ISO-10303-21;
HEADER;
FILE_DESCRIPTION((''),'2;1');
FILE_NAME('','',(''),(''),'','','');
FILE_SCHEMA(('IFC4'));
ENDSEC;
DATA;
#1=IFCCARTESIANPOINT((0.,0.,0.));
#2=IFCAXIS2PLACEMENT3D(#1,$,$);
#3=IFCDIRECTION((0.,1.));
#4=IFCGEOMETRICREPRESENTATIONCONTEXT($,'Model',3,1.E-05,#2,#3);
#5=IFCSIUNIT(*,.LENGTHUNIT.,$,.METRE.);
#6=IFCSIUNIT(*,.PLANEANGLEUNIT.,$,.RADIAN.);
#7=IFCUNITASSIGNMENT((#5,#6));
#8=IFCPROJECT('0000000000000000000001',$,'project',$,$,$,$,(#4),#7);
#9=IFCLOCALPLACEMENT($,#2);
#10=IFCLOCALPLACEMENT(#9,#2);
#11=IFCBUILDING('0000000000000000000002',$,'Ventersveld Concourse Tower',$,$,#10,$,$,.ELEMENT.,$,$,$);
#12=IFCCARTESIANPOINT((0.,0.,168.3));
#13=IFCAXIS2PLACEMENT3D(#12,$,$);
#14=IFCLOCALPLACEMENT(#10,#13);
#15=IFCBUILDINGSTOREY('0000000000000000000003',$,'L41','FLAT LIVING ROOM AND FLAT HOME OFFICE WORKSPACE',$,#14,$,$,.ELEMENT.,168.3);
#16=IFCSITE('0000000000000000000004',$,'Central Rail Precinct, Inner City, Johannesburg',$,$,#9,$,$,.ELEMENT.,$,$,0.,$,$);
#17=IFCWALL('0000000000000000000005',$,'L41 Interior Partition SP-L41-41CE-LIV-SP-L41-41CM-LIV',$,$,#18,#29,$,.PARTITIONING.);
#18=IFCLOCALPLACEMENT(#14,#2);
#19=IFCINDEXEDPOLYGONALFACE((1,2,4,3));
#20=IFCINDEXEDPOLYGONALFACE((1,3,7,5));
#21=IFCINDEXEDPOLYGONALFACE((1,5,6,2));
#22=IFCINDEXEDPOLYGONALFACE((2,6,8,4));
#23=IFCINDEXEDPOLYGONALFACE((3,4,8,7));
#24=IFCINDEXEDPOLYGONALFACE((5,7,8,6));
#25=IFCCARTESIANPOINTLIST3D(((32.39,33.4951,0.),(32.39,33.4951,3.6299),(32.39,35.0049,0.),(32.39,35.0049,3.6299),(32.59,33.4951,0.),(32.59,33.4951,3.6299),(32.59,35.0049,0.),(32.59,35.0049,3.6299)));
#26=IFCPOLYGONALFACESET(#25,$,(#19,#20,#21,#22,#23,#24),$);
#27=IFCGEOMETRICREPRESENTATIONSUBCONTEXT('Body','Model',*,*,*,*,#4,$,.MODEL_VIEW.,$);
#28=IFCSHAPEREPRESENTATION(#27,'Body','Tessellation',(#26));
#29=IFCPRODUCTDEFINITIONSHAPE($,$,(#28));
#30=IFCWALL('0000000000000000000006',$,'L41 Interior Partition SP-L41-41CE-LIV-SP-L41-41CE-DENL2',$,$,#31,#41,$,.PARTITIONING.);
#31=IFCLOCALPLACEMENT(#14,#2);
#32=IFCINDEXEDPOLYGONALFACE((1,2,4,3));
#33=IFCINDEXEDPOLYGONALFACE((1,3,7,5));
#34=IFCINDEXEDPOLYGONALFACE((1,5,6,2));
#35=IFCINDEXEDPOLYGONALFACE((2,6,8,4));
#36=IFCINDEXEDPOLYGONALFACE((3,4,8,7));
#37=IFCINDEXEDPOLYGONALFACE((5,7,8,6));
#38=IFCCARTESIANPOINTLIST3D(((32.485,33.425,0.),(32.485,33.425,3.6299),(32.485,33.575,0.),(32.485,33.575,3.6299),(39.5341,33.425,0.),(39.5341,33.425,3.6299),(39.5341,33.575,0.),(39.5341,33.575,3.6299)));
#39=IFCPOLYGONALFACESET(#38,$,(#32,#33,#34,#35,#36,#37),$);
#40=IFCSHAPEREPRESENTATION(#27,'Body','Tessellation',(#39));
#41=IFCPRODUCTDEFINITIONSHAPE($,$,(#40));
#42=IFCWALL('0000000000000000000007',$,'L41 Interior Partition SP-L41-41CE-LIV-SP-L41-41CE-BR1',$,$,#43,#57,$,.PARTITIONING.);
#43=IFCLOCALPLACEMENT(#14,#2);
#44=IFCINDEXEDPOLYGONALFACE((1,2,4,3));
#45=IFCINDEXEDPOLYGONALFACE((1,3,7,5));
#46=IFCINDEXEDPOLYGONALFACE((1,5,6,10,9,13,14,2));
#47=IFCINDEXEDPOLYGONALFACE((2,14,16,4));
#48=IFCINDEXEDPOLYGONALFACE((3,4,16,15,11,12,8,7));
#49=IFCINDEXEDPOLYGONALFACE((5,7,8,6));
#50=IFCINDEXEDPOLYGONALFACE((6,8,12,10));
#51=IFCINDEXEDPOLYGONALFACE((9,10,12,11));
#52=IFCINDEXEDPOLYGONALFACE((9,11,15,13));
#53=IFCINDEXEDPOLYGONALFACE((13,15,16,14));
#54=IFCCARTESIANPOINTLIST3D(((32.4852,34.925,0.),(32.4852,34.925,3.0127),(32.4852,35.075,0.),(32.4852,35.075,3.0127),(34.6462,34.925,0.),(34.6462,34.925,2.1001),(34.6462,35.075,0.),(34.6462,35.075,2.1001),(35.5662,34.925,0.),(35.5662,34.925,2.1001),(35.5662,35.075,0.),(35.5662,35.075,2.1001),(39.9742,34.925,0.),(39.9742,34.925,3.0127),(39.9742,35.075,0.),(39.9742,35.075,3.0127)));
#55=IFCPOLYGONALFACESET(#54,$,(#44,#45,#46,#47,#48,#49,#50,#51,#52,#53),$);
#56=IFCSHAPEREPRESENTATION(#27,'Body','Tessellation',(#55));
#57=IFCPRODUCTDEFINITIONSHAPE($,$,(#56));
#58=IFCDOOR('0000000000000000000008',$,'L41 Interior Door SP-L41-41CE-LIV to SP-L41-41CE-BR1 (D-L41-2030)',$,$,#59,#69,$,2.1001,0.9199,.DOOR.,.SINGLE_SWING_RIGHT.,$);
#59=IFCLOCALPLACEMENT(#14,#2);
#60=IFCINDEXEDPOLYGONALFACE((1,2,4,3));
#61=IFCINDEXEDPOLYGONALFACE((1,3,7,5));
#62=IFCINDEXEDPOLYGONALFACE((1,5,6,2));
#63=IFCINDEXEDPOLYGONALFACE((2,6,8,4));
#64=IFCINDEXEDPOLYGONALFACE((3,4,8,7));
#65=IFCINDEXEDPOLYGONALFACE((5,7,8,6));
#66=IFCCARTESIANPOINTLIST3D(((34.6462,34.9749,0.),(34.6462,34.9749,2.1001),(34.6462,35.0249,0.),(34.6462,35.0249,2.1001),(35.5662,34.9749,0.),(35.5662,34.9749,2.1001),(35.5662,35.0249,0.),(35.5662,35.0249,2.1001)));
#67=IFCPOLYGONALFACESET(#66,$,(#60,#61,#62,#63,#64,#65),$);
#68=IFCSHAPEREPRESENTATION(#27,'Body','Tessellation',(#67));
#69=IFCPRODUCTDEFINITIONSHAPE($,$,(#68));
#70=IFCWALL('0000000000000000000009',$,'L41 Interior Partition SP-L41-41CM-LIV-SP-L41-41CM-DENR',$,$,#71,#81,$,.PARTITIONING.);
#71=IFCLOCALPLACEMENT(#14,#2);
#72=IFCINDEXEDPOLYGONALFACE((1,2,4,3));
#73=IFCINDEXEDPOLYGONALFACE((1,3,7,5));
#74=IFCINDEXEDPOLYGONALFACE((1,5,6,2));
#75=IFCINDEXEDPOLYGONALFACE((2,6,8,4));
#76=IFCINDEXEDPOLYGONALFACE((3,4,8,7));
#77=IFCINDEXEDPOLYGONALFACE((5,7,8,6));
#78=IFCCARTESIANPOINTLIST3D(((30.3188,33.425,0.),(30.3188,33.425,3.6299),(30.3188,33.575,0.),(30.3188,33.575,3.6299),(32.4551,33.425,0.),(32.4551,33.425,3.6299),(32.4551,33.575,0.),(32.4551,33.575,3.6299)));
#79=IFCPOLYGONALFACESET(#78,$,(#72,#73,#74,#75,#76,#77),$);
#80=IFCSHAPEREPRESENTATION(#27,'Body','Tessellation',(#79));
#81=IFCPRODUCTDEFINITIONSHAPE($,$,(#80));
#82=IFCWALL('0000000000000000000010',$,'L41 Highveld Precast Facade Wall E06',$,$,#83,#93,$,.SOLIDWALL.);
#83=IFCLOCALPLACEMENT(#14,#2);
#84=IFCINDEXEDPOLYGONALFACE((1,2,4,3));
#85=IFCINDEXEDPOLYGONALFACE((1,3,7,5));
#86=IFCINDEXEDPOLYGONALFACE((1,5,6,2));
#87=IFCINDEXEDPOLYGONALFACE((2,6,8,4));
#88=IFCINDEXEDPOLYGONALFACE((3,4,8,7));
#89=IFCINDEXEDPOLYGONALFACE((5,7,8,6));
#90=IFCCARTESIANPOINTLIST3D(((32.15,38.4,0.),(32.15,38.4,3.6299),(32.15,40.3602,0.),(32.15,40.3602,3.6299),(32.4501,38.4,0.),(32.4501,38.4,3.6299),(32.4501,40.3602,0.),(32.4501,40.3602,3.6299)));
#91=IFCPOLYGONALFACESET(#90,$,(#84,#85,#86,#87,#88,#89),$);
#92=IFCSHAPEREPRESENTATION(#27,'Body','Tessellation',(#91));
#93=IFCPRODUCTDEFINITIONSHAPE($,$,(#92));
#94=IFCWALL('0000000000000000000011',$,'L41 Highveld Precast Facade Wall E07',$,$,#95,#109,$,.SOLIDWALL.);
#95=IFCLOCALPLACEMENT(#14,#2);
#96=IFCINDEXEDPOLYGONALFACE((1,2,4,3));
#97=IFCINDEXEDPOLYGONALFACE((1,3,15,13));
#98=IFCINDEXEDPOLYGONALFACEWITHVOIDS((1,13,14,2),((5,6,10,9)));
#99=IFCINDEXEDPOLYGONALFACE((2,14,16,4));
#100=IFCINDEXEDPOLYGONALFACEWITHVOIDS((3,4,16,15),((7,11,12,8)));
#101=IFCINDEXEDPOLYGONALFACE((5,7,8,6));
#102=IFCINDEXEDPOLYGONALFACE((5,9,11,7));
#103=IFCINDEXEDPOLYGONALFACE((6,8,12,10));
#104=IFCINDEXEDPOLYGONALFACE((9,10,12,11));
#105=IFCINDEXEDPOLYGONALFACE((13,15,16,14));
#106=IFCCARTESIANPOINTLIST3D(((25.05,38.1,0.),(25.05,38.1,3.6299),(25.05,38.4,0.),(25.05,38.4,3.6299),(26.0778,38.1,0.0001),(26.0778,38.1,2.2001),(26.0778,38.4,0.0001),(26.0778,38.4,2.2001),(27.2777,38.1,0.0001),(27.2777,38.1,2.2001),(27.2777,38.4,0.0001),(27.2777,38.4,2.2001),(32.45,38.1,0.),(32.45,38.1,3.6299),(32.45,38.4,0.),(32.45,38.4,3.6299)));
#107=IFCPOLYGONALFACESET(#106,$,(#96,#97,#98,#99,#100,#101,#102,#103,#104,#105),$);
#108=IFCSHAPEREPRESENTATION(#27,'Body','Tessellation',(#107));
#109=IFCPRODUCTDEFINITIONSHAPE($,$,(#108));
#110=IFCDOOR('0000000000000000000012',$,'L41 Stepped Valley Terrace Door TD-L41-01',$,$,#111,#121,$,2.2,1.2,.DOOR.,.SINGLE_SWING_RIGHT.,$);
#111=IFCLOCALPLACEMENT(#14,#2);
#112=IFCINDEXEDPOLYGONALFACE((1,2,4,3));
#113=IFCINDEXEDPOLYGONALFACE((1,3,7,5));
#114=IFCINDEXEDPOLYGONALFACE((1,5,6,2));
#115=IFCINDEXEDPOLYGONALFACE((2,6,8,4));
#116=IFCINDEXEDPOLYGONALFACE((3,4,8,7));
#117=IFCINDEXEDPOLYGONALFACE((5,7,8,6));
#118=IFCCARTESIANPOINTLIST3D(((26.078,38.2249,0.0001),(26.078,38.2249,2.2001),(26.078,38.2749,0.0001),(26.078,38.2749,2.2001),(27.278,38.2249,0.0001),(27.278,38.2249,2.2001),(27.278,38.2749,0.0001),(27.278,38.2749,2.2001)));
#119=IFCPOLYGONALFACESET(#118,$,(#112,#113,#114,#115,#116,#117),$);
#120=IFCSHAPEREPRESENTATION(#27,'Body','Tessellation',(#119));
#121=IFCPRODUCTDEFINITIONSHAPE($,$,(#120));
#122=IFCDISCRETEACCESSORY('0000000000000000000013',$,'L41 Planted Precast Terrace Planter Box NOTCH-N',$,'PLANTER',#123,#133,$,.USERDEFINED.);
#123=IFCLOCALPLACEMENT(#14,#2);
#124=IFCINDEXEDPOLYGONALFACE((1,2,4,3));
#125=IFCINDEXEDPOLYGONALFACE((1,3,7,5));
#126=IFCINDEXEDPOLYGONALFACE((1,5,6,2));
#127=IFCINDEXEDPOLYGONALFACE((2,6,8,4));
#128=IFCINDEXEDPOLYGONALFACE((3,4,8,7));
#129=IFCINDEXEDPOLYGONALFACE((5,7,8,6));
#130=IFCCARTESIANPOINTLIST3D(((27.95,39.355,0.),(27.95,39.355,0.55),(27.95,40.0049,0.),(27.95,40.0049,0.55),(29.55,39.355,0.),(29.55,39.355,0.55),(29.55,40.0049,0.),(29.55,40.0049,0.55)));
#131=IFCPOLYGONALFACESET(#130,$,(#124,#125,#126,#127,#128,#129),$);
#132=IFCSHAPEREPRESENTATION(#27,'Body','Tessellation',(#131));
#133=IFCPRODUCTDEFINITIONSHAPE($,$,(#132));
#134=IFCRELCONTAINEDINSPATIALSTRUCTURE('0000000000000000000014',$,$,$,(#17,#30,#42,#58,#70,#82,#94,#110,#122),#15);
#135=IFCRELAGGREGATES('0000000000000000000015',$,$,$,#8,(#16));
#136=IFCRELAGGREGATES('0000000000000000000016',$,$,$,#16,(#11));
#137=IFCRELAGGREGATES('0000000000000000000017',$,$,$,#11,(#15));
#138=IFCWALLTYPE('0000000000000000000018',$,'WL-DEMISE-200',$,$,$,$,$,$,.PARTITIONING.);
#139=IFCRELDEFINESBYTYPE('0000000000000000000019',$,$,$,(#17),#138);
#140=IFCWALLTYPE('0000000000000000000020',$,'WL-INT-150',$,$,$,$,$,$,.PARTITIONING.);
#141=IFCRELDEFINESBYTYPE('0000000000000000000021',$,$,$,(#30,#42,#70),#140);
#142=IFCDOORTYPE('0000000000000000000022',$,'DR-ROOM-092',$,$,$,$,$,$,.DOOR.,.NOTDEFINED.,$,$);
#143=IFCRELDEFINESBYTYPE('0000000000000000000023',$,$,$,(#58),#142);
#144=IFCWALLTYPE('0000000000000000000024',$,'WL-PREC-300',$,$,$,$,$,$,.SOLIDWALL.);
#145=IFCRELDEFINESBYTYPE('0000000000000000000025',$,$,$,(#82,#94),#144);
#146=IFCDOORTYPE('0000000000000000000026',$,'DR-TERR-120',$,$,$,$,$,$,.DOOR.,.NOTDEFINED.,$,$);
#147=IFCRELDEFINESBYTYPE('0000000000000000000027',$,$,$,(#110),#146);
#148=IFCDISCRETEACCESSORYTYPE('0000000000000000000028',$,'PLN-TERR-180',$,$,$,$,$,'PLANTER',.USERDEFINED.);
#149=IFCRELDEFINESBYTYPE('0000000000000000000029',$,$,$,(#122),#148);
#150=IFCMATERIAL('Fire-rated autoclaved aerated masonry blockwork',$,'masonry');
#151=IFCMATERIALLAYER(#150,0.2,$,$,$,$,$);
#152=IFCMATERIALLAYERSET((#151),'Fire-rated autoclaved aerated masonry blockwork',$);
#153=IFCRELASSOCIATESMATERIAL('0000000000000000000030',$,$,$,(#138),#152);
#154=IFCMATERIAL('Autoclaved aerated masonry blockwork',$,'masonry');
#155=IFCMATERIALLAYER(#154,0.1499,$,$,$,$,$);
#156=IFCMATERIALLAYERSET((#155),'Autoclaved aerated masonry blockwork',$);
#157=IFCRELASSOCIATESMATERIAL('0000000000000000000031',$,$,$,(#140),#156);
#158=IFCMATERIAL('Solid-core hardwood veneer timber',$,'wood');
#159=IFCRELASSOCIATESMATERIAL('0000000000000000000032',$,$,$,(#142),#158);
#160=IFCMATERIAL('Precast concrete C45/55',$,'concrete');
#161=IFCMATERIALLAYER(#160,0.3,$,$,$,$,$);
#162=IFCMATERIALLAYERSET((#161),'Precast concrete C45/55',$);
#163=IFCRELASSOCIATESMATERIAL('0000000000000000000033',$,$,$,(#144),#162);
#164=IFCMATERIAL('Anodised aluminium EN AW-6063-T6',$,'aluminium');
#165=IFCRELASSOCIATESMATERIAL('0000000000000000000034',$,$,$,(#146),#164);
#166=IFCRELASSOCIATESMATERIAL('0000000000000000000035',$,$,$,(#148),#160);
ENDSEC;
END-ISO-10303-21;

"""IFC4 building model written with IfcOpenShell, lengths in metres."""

from ifc_helpers import new_model, si_unit, direction, frame, frame_2d, origin, origin_2d, place, context, subcontext, project, spatial, rectangle, extrude, material, layer, layer_set, type_object, element, fill, save


model = new_model("IFC4")

# Units and contexts
model_context = context("Model", 3, precision=1e-05, world=origin(), true_north=direction((0.0, 1.0)))
body_context = subcontext(model_context, "Body", "Model", "MODEL_VIEW")
ifc_project = project(units=[si_unit("LENGTHUNIT", "METRE"), si_unit("PLANEANGLEUNIT", "RADIAN")], contexts=[model_context])

# Site, building, storey
site_placement = place(None, origin())
site = spatial("IfcSite", under=ifc_project, at=site_placement, Name="Central Rail Precinct, Inner City, Johannesburg", CompositionType="ELEMENT", RefElevation=0.0)
building_placement = place(site_placement, origin())
building = spatial("IfcBuilding", under=site, at=building_placement, Name="Ventersveld Concourse Tower", CompositionType="ELEMENT")
storey_placement = place(building_placement, frame((0.0, 0.0, 168.3)))
storey = spatial("IfcBuildingStorey", under=building, at=storey_placement, Name="L41", Description="FLAT LIVING ROOM AND FLAT HOME OFFICE WORKSPACE", CompositionType="ELEMENT", Elevation=168.3)

# Walls
ifc_material_1 = material(Name="Fire-rated autoclaved aerated masonry blockwork", Category="masonry")
ifc_layer_1 = layer(ifc_material_1, 0.2)
ifc_layer_set_1 = layer_set([ifc_layer_1], Name="Fire-rated autoclaved aerated masonry blockwork")
wall_type_1 = type_object("IfcWallType", Name="WL-DEMISE-200", PredefinedType="PARTITIONING", material=ifc_layer_set_1)
wall_1_placement = place(storey_placement, frame((32.49, 33.4951, 0.0), z_axis=(0.0, 0.0, 1.0), x_axis=(0.0, 1.0, 0.0)))
element("IfcWall", 1, at=wall_1_placement, inside=storey, type_object=wall_type_1, Name="L41 Interior Partition SP-L41-41CE-LIV-SP-L41-41CM-LIV", PredefinedType="PARTITIONING", context=body_context, shape_type="SweptSolid", body=[
    extrude(rectangle(XDim=1.5098, YDim=0.2, at=frame_2d((0.7549, 0.0))), origin(), (0.0, 0.0, 1.0), 3.6299),
])
ifc_material_2 = material(Name="Autoclaved aerated masonry blockwork", Category="masonry")
ifc_layer_2 = layer(ifc_material_2, 0.1499)
ifc_layer_set_2 = layer_set([ifc_layer_2], Name="Autoclaved aerated masonry blockwork")
wall_type_2 = type_object("IfcWallType", Name="WL-INT-150", PredefinedType="PARTITIONING", material=ifc_layer_set_2)
wall_2_placement = place(storey_placement, frame((32.4851, 33.5, 0.0), z_axis=(0.0, 0.0, 1.0), x_axis=(1.0, 0.0, 0.0)))
element("IfcWall", 2, at=wall_2_placement, inside=storey, type_object=wall_type_2, Name="L41 Interior Partition SP-L41-41CE-LIV-SP-L41-41CE-DENL2", PredefinedType="PARTITIONING", context=body_context, shape_type="SweptSolid", body=[
    extrude(rectangle(XDim=7.0491, YDim=0.1499, at=frame_2d((3.5244, 0.0))), origin(), (0.0, 0.0, 1.0), 3.6299),
])

# Wall, opening, door
wall_3_placement = place(storey_placement, frame((32.4851, 35.0, 0.0), z_axis=(0.0, 0.0, 1.0), x_axis=(1.0, 0.0, 0.0)))
wall_3 = element("IfcWall", 3, at=wall_3_placement, inside=storey, type_object=wall_type_2, Name="L41 Interior Partition SP-L41-41CE-LIV-SP-L41-41CE-BR1", PredefinedType="PARTITIONING", context=body_context, shape_type="SweptSolid", body=[
    extrude(rectangle(XDim=7.489, YDim=0.1499, at=frame_2d((3.7446, 0.0))), origin(), (0.0, 0.0, 1.0), 3.0127),
])
opening_1_placement = place(wall_3_placement, frame((2.1611, 0.0, 0.0)))
opening_1 = element("IfcOpeningElement", 4, at=opening_1_placement, cuts=wall_3, PredefinedType="OPENING", context=body_context, shape_type="SweptSolid", body=[
    extrude(rectangle(XDim=0.9199, YDim=2.1001, at=frame_2d((0.46, 1.05))), frame((0.0, 0.085, 0.0), z_axis=(0.0, -1.0, 0.0), x_axis=(1.0, 0.0, 0.0)), (0.0, 0.0, 1.0), 0.1699),
])
ifc_material_3 = material(Name="Solid-core hardwood veneer timber", Category="wood")
door_type_1 = type_object("IfcDoorType", Name="DR-ROOM-092", OperationType="NOTDEFINED", PredefinedType="DOOR", material=ifc_material_3)
door_1_placement = place(opening_1_placement, origin())
door_1 = element("IfcDoor", 5, at=door_1_placement, inside=storey, type_object=door_type_1, Name="L41 Interior Door SP-L41-41CE-LIV to SP-L41-41CE-BR1 (D-L41-2030)", OperationType="SINGLE_SWING_RIGHT", OverallHeight=2.1001, OverallWidth=0.9199, PredefinedType="DOOR", context=body_context, shape_type="SweptSolid", body=[
    extrude(rectangle(XDim=0.9199, YDim=2.1001, at=frame_2d((0.46, 1.05))), frame((0.0, 0.0249, 0.0), z_axis=(0.0, -1.0, 0.0), x_axis=(1.0, 0.0, 0.0)), (0.0, 0.0, 1.0), 0.05),
])
fill(opening_1, door_1)

# Walls
wall_4_placement = place(storey_placement, frame((30.3188, 33.5, 0.0), z_axis=(0.0, 0.0, 1.0), x_axis=(1.0, 0.0, 0.0)))
element("IfcWall", 6, at=wall_4_placement, inside=storey, type_object=wall_type_2, Name="L41 Interior Partition SP-L41-41CM-LIV-SP-L41-41CM-DENR", PredefinedType="PARTITIONING", context=body_context, shape_type="SweptSolid", body=[
    extrude(rectangle(XDim=2.1362, YDim=0.1499, at=frame_2d((1.0681, 0.0))), origin(), (0.0, 0.0, 1.0), 3.6299),
])
ifc_material_4 = material(Name="Precast concrete C45/55", Category="concrete")
ifc_layer_3 = layer(ifc_material_4, 0.3)
ifc_layer_set_3 = layer_set([ifc_layer_3], Name="Precast concrete C45/55")
wall_type_3 = type_object("IfcWallType", Name="WL-PREC-300", PredefinedType="SOLIDWALL", material=ifc_layer_set_3)
wall_5_placement = place(storey_placement, frame((32.3, 40.3601, 0.0), z_axis=(0.0, 0.0, 1.0), x_axis=(0.0, -1.0, 0.0)))
element("IfcWall", 7, at=wall_5_placement, inside=storey, type_object=wall_type_3, Name="L41 Highveld Precast Facade Wall E06", PredefinedType="SOLIDWALL", context=body_context, shape_type="SweptSolid", body=[
    extrude(rectangle(XDim=1.9602, YDim=0.3, at=frame_2d((0.98, 0.0))), origin(), (0.0, 0.0, 1.0), 3.6299),
])

# Wall, opening, door
wall_6_placement = place(storey_placement, frame((32.45, 38.25, 0.0), z_axis=(0.0, 0.0, 1.0), x_axis=(-1.0, 0.0, 0.0)))
wall_6 = element("IfcWall", 8, at=wall_6_placement, inside=storey, type_object=wall_type_3, Name="L41 Highveld Precast Facade Wall E07", PredefinedType="SOLIDWALL", context=body_context, shape_type="SweptSolid", body=[
    extrude(rectangle(XDim=7.3999, YDim=0.3, at=frame_2d((3.7, 0.0))), origin(), (0.0, 0.0, 1.0), 3.6299),
])
opening_2_placement = place(wall_6_placement, frame((5.1721, 0.0, 0.0)))
opening_2 = element("IfcOpeningElement", 9, at=opening_2_placement, cuts=wall_6, PredefinedType="OPENING", context=body_context, shape_type="SweptSolid", body=[
    extrude(rectangle(XDim=1.2, YDim=2.2, at=frame_2d((0.6001, 1.1001))), frame((0.0, 0.1602, 0.0), z_axis=(0.0, -1.0, 0.0), x_axis=(1.0, 0.0, 0.0)), (0.0, 0.0, 1.0), 0.3201),
])
ifc_material_5 = material(Name="Anodised aluminium EN AW-6063-T6", Category="aluminium")
door_type_2 = type_object("IfcDoorType", Name="DR-TERR-120", OperationType="NOTDEFINED", PredefinedType="DOOR", material=ifc_material_5)
door_2_placement = place(opening_2_placement, frame((1.2, 0.0, 0.0), z_axis=(0.0, 0.0, 1.0), x_axis=(-1.0, 0.0, 0.0)))
door_2 = element("IfcDoor", 10, at=door_2_placement, inside=storey, type_object=door_type_2, Name="L41 Stepped Valley Terrace Door TD-L41-01", OperationType="SINGLE_SWING_RIGHT", OverallHeight=2.2, OverallWidth=1.2, PredefinedType="DOOR", context=body_context, shape_type="SweptSolid", body=[
    extrude(rectangle(XDim=1.2, YDim=2.2, at=frame_2d((0.6001, 1.1001))), frame((0.0, 0.0249, 0.0), z_axis=(0.0, -1.0, 0.0), x_axis=(1.0, 0.0, 0.0)), (0.0, 0.0, 1.0), 0.05),
])
fill(opening_2, door_2)

# Discrete accessory
discrete_accessory_type = type_object("IfcDiscreteAccessoryType", Name="PLN-TERR-180", ElementType="PLANTER", PredefinedType="USERDEFINED", material=ifc_material_4)
discrete_accessory_placement = place(storey_placement, frame((28.75, 39.6799, 0.0), z_axis=(0.0, 0.0, 1.0), x_axis=(1.0, 0.0, 0.0)))
element("IfcDiscreteAccessory", 11, at=discrete_accessory_placement, inside=storey, type_object=discrete_accessory_type, Name="L41 Planted Precast Terrace Planter Box NOTCH-N", ObjectType="PLANTER", PredefinedType="USERDEFINED", context=body_context, shape_type="SweptSolid", body=[
    extrude(rectangle(XDim=1.6001, YDim=0.6499, at=origin_2d()), origin(), (0.0, 0.0, 1.0), 0.55),
])

save(model, "model.ifc")
